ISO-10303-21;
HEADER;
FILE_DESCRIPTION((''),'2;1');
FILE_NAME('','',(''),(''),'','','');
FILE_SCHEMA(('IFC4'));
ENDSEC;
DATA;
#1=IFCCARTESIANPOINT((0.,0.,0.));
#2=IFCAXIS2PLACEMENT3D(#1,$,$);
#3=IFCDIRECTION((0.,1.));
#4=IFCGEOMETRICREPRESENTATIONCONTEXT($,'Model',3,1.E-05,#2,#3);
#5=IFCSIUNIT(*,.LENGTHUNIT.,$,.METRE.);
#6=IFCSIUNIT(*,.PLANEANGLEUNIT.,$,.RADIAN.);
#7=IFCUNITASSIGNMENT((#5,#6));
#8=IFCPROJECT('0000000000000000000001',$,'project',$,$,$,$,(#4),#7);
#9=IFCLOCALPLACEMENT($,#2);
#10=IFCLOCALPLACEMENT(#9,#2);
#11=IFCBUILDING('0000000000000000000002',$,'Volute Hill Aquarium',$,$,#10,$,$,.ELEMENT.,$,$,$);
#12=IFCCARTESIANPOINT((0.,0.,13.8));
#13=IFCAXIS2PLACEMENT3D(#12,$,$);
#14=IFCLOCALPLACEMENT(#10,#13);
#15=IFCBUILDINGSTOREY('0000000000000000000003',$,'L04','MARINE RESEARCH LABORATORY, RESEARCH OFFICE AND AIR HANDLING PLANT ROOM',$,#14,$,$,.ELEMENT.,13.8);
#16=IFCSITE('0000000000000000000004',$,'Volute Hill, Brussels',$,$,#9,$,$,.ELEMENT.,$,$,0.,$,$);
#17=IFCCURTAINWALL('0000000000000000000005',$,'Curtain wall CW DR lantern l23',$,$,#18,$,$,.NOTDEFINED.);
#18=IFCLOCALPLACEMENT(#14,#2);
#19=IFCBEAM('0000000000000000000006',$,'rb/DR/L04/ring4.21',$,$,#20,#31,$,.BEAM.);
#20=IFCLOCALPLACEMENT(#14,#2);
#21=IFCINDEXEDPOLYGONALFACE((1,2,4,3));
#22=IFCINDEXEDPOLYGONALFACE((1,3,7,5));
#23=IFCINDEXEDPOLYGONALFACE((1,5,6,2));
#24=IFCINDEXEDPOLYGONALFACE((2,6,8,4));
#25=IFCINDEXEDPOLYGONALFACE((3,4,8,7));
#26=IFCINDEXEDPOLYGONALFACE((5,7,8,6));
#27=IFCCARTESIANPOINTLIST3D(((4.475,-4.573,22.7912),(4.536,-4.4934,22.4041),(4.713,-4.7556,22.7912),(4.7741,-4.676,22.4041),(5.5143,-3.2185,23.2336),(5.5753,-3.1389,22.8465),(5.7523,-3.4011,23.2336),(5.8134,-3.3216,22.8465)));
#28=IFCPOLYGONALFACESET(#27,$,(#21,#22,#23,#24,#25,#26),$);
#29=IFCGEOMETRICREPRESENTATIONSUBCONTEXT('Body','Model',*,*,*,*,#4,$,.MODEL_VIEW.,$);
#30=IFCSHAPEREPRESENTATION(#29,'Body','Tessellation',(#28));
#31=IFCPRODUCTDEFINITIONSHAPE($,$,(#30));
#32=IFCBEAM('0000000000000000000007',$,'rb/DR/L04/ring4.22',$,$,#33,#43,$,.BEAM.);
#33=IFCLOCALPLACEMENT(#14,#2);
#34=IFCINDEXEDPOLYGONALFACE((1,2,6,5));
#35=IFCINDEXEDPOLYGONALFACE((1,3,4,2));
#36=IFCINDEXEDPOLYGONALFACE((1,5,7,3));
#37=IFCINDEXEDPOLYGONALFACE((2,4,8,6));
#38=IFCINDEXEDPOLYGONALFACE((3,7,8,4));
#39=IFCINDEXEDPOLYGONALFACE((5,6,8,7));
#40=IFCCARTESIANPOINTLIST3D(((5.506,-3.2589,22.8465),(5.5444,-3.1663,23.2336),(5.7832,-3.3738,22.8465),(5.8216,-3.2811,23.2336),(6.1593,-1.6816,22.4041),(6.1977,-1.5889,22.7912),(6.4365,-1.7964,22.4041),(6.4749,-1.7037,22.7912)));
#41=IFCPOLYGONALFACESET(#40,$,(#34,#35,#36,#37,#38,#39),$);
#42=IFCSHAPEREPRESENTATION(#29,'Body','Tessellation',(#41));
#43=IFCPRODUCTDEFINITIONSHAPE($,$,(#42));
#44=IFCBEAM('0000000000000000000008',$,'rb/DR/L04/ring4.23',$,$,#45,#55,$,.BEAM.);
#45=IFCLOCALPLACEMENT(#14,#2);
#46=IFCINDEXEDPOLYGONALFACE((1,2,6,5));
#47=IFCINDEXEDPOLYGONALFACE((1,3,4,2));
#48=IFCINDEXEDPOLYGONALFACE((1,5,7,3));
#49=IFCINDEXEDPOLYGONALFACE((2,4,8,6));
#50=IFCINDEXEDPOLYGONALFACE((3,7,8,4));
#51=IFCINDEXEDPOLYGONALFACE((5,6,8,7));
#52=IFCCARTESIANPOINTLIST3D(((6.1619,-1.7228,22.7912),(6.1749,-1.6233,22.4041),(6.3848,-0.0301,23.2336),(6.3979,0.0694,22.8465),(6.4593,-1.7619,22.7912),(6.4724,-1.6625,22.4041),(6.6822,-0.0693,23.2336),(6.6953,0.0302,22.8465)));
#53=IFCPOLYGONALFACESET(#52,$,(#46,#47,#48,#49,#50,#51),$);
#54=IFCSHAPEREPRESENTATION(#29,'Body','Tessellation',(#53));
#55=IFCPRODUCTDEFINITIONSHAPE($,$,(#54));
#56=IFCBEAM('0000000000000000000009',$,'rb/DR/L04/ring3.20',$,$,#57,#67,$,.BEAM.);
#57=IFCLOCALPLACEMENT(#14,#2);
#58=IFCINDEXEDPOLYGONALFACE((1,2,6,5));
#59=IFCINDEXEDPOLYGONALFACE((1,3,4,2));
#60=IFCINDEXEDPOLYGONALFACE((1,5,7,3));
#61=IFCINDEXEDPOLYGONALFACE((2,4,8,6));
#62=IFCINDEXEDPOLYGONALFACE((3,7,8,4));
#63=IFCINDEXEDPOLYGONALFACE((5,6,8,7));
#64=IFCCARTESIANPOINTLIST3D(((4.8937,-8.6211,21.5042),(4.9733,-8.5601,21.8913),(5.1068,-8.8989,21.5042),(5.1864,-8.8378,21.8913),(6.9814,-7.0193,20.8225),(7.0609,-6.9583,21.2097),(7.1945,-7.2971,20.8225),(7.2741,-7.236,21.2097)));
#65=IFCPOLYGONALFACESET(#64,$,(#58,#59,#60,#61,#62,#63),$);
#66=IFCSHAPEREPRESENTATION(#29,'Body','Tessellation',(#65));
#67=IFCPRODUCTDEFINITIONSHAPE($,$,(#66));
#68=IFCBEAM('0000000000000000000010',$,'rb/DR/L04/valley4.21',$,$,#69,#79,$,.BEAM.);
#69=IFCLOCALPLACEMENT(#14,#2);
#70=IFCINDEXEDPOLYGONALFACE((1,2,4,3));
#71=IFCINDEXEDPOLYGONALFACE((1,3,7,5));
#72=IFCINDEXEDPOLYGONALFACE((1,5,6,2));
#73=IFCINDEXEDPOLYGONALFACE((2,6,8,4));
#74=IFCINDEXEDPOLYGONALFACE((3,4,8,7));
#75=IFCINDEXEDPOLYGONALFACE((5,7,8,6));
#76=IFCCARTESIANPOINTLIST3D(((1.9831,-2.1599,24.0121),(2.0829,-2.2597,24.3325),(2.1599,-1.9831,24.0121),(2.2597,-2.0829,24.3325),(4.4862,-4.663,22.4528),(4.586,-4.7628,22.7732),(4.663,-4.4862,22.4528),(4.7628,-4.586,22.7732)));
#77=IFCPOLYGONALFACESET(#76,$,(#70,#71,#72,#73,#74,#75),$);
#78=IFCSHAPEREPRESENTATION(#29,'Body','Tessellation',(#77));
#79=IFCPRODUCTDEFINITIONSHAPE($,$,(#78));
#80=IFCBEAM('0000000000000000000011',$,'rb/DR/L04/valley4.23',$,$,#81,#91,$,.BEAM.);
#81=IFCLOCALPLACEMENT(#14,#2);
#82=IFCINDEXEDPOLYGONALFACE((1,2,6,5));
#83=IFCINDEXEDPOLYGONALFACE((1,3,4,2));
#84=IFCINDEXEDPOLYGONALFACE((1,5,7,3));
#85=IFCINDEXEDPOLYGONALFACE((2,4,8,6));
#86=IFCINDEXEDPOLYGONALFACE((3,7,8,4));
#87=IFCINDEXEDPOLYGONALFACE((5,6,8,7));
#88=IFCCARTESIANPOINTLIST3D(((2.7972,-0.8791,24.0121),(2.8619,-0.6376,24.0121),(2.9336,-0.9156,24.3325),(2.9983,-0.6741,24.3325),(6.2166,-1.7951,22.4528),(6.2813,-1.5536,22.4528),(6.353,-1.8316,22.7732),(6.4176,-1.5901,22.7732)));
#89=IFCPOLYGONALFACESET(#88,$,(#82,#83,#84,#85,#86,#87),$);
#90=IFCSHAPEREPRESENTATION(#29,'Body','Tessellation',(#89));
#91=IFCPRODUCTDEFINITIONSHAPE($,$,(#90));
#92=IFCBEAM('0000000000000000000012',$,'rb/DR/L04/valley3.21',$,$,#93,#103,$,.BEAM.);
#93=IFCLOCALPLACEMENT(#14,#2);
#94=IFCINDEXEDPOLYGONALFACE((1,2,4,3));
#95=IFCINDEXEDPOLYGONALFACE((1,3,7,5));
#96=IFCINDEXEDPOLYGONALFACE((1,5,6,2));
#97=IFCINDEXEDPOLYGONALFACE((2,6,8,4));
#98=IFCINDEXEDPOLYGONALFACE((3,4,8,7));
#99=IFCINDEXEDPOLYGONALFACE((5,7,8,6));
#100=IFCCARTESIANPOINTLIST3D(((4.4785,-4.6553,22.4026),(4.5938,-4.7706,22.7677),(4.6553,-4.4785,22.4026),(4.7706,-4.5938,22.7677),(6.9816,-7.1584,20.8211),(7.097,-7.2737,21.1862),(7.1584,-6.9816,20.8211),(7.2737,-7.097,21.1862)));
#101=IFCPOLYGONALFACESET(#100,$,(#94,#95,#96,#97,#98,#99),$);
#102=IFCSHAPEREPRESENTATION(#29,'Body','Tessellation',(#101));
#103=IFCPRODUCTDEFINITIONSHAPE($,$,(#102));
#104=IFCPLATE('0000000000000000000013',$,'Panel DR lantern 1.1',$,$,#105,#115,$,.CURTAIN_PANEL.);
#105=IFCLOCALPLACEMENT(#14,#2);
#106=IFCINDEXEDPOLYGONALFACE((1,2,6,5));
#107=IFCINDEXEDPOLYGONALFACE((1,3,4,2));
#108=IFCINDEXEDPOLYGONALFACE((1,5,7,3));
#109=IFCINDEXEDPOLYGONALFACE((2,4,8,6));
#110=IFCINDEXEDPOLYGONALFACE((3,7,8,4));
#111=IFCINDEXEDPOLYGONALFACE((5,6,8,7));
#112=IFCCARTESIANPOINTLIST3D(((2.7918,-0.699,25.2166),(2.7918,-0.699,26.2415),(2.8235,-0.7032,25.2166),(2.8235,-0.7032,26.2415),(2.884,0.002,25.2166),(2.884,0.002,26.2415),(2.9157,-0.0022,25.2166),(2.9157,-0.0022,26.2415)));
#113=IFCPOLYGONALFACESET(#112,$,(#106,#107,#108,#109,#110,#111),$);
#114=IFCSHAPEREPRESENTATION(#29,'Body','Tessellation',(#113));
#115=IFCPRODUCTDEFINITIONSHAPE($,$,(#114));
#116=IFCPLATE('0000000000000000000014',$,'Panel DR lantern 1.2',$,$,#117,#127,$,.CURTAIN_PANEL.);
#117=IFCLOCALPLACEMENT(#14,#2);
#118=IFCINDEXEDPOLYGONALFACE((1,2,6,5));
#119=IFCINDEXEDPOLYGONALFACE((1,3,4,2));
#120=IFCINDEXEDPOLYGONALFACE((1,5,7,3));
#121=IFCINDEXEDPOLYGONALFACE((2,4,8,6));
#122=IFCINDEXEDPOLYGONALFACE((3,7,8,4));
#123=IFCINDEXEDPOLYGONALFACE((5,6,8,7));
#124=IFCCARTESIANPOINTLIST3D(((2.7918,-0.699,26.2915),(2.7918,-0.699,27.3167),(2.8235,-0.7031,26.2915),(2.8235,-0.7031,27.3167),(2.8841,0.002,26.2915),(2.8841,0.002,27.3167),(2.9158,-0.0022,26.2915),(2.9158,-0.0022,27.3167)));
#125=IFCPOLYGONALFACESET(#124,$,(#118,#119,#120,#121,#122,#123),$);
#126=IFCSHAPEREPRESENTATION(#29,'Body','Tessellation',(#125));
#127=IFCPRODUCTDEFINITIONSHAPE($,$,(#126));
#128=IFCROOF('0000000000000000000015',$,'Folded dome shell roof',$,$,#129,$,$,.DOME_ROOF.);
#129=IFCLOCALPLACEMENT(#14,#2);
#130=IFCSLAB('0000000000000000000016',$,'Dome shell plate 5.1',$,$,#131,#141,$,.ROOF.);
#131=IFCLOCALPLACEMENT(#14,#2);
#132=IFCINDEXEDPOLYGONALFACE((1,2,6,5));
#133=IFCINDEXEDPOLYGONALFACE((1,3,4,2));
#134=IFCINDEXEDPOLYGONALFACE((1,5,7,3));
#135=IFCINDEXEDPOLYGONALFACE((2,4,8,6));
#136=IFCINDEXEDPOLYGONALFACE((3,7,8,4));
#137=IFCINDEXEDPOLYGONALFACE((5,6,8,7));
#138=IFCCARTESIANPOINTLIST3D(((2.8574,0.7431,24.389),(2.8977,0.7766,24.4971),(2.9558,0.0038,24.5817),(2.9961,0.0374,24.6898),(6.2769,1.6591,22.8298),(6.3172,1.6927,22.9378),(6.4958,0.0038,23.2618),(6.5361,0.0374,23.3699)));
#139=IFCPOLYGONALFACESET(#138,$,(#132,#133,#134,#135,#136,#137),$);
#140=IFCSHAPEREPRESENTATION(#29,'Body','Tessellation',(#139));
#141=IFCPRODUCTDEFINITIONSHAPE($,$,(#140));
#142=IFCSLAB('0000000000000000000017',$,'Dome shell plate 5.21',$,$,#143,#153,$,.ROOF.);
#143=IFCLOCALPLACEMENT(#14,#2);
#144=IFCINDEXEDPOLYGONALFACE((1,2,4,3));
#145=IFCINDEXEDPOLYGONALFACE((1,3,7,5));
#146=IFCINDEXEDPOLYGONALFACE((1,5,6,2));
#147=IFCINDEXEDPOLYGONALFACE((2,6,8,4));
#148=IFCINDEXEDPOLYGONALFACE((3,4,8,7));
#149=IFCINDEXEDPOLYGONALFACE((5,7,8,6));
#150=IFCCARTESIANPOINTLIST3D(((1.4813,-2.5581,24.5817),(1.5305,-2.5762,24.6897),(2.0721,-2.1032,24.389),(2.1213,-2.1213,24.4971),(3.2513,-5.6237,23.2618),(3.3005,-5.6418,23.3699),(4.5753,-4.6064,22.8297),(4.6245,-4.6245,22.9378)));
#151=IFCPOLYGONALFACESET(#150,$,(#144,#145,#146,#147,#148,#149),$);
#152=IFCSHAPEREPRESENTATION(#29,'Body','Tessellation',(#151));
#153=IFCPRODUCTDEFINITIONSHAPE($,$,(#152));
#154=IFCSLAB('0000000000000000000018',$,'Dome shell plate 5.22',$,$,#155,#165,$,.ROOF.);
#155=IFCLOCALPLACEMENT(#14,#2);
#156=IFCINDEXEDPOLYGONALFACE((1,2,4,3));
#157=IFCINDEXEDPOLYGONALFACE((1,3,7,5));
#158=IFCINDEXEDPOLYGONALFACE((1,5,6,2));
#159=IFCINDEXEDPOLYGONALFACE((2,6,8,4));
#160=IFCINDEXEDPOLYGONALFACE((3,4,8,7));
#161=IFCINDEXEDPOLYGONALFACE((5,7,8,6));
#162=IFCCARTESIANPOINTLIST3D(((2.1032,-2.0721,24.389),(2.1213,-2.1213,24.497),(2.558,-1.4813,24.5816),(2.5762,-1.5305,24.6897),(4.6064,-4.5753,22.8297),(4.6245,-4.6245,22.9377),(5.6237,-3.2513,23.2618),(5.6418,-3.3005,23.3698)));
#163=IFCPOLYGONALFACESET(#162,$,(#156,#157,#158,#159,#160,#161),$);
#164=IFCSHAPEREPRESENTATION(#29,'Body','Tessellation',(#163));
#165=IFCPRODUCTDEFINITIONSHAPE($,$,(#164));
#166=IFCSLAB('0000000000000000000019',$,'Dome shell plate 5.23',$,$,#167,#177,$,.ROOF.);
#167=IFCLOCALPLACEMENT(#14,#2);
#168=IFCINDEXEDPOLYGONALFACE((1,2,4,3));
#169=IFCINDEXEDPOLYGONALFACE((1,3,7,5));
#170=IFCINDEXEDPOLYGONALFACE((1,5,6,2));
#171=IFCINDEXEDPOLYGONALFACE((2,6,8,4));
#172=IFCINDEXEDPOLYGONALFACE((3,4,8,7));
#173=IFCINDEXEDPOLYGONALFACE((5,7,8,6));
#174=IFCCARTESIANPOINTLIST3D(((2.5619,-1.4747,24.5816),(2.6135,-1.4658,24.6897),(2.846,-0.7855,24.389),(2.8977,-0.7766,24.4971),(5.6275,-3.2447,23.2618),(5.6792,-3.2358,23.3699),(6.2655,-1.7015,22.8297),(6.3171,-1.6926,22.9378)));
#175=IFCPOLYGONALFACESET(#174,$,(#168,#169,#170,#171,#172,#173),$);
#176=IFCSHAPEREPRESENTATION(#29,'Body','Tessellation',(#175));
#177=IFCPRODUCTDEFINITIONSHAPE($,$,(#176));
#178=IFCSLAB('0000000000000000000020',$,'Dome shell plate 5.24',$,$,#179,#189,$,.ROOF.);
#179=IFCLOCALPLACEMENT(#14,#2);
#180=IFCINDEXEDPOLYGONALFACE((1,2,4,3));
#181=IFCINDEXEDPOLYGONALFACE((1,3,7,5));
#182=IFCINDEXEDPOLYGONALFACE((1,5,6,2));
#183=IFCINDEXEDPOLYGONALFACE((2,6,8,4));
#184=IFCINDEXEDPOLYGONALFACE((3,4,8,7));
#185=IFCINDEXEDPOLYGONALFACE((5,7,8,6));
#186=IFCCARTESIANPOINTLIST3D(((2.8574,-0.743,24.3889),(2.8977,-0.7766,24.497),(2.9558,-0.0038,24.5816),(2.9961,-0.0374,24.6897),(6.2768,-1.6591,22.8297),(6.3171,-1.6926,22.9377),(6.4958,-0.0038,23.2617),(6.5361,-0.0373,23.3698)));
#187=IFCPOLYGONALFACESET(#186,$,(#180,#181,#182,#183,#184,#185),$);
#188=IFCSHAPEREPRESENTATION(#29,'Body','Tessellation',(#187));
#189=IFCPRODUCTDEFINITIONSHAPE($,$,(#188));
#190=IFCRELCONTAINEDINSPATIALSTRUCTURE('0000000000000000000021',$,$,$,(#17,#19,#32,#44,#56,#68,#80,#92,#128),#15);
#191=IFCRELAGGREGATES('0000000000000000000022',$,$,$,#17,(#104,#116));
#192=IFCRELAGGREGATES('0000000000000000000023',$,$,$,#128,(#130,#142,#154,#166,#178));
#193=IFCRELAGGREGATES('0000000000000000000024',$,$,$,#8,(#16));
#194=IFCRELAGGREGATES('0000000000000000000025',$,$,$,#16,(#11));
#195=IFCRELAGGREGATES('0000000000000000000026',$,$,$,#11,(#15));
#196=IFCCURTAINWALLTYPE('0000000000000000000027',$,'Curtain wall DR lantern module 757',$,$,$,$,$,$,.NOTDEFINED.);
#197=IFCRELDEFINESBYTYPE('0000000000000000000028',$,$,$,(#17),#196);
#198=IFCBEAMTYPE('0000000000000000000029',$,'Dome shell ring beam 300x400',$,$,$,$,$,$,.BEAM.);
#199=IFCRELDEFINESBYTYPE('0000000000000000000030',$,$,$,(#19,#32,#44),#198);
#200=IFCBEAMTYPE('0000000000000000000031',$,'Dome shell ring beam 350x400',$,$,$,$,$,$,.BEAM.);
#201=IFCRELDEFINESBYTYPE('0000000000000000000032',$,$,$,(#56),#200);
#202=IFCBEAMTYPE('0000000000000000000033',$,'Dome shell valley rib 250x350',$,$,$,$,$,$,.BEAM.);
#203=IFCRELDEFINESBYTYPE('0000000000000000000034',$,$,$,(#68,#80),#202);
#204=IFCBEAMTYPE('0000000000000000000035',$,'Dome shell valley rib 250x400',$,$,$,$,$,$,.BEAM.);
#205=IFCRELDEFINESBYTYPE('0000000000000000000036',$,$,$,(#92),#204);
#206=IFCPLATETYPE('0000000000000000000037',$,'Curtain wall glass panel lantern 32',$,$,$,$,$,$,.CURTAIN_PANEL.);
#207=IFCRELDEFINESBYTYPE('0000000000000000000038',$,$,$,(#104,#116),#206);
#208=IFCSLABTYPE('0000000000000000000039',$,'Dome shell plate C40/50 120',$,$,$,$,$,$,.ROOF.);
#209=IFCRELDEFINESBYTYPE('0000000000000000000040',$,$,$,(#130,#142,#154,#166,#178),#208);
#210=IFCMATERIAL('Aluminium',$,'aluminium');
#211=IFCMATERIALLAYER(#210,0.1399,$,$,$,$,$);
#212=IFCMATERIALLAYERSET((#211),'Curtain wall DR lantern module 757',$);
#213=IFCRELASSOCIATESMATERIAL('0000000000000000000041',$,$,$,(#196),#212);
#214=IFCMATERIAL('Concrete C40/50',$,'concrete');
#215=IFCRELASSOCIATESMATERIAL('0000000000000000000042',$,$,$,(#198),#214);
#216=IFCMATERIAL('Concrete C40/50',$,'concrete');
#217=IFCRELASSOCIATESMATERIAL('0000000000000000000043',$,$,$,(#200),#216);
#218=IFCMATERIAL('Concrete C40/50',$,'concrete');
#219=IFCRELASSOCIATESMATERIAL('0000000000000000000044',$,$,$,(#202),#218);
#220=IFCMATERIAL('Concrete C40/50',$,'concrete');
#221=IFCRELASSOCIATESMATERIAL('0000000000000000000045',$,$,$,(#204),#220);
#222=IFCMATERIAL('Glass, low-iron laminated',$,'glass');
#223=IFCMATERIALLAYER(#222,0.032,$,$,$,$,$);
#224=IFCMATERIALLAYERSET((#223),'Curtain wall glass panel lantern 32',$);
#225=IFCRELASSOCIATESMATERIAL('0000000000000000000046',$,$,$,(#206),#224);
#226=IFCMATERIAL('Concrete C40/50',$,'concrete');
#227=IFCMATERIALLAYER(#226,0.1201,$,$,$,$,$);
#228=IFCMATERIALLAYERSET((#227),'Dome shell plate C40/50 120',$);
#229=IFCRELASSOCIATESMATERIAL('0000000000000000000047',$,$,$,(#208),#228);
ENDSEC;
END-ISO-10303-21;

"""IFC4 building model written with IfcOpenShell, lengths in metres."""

from ifc_helpers import new_model, si_unit, direction, frame, origin, origin_2d, place, context, subcontext, project, spatial, polyline, rectangle, outline, extrude, material, layer, layer_set, material_profile, profile_set, type_object, element, aggregate, save


model = new_model("IFC4")

# Units and contexts
model_context = context("Model", 3, precision=1e-05, world=origin(), true_north=direction((0.0, 1.0)))
body_context = subcontext(model_context, "Body", "Model", "MODEL_VIEW")
ifc_project = project(units=[si_unit("LENGTHUNIT", "METRE"), si_unit("PLANEANGLEUNIT", "RADIAN")], contexts=[model_context])

# Site, building, storey
site_placement = place(None, origin())
site = spatial("IfcSite", under=ifc_project, at=site_placement, Name="Volute Hill, Brussels", CompositionType="ELEMENT", RefElevation=0.0)
building_placement = place(site_placement, origin())
building = spatial("IfcBuilding", under=site, at=building_placement, Name="Volute Hill Aquarium", CompositionType="ELEMENT")
storey_placement = place(building_placement, frame((0.0, 0.0, 13.8)))
storey = spatial("IfcBuildingStorey", under=building, at=storey_placement, Name="L04", Description="MARINE RESEARCH LABORATORY, RESEARCH OFFICE AND AIR HANDLING PLANT ROOM", CompositionType="ELEMENT", Elevation=13.8)

# Shared definitions
ifc_material_1 = material(Name="Aluminium", Category="aluminium")
ifc_layer_1 = layer(ifc_material_1, 0.1399)
ifc_layer_set_1 = layer_set([ifc_layer_1], Name="Curtain wall DR lantern module 757")
curtain_wall_type = type_object("IfcCurtainWallType", Name="Curtain wall DR lantern module 757", PredefinedType="NOTDEFINED", material=ifc_layer_set_1)

# Curtain wall
curtain_wall_1_placement = place(storey_placement, origin())
curtain_wall_1 = element("IfcCurtainWall", 1, at=curtain_wall_1_placement, inside=storey, type_object=curtain_wall_type, Name="Curtain wall CW DR lantern l23", PredefinedType="NOTDEFINED")

# Beams
ifc_material_2 = material(Name="Concrete C40/50", Category="concrete")
ifc_material_profile_1 = material_profile(ifc_material_2, rectangle(XDim=0.3, YDim=0.3999, at=origin_2d()), Name="RC beam 300x400")
ifc_profile_set_1 = profile_set([ifc_material_profile_1], Name="Concrete C40/50")
beam_type_1 = type_object("IfcBeamType", Name="Dome shell ring beam 300x400", PredefinedType="BEAM", material=ifc_profile_set_1)
for number, where, z_axis, x_axis, name in (
    (2, (4.6245, -4.6245, 22.5977), (0.589288, 0.767999, 0.250832), (-0.793362, 0.60875, 0.0), "rb/DR/L04/ring4.21"),
    (3, (5.6638, -3.27, 23.04), (0.370422, 0.894357, -0.250824), (-0.923891, 0.382655, 0.0), "rb/DR/L04/ring4.22"),
    (4, (6.3171, -1.6926, 22.5977), (0.126388, 0.959743, 0.250837), (-0.99144, 0.130562, 0.0), "rb/DR/L04/ring4.23"),
):
    element("IfcBeam", number, at=place(storey_placement, frame(where, z_axis=z_axis, x_axis=x_axis)), inside=storey, type_object=beam_type_1, Name=name, PredefinedType="BEAM", context=body_context, shape_type="SweptSolid", body=[
        extrude(rectangle(XDim=0.3, YDim=0.3999, at=origin_2d()), origin(), (0.0, 0.0, 1.0), 1.7637),
    ])
ifc_material_3 = material(Name="Concrete C40/50", Category="concrete")
ifc_material_profile_2 = material_profile(ifc_material_3, rectangle(XDim=0.3501, YDim=0.3999, at=origin_2d()), Name="RC beam 350x400")
ifc_profile_set_2 = profile_set([ifc_material_profile_2], Name="Concrete C40/50")
beam_type_2 = type_object("IfcBeamType", Name="Dome shell ring beam 350x400", PredefinedType="BEAM", material=ifc_profile_set_2)
beam_1_placement = place(storey_placement, frame((5.04, -8.7295, 21.6978), z_axis=(0.768021, 0.589286, -0.250768), x_axis=(-0.608737, 0.793372, 0.0)))
element("IfcBeam", 5, at=beam_1_placement, inside=storey, type_object=beam_type_2, Name="rb/DR/L04/ring3.20", PredefinedType="BEAM", context=body_context, shape_type="SweptSolid", body=[
    extrude(rectangle(XDim=0.3501, YDim=0.3999, at=origin_2d()), origin(), (0.0, 0.0, 1.0), 2.7183),
])
ifc_material_4 = material(Name="Concrete C40/50", Category="concrete")
ifc_material_profile_3 = material_profile(ifc_material_4, rectangle(XDim=0.25, YDim=0.3501, at=origin_2d()), Name="RC rib 250x350")
ifc_profile_set_3 = profile_set([ifc_material_profile_3], Name="Concrete C40/50")
beam_type_3 = type_object("IfcBeamType", Name="Dome shell valley rib 250x350", PredefinedType="BEAM", material=ifc_profile_set_3)
for number, where, z_axis, x_axis, name in (
    (6, (4.6245, -4.6245, 22.613), (-0.64711, 0.64711, 0.40311), (-0.707107, -0.707107, 0.0), "rb/DR/L04/valley4.21"),
    (7, (6.3171, -1.6926, 22.613), (-0.883982, 0.236806, 0.403112), (-0.258761, -0.965941, 0.0), "rb/DR/L04/valley4.23"),
):
    element("IfcBeam", number, at=place(storey_placement, frame(where, z_axis=z_axis, x_axis=x_axis)), inside=storey, type_object=beam_type_3, Name=name, PredefinedType="BEAM", context=body_context, shape_type="SweptSolid", body=[
        extrude(rectangle(XDim=0.25, YDim=0.3501, at=origin_2d()), origin(), (0.0, 0.0, 1.0), 3.8682),
    ])
ifc_material_5 = material(Name="Concrete C40/50", Category="concrete")
ifc_material_profile_4 = material_profile(ifc_material_5, rectangle(XDim=0.25, YDim=0.3999, at=origin_2d()), Name="RC rib 250x400")
ifc_profile_set_4 = profile_set([ifc_material_profile_4], Name="Concrete C40/50")
beam_type_4 = type_object("IfcBeamType", Name="Dome shell valley rib 250x400", PredefinedType="BEAM", material=ifc_profile_set_4)
beam_2_placement = place(storey_placement, frame((7.1277, -7.1277, 21.0037), z_axis=(-0.645606, 0.645606, 0.407904), x_axis=(-0.707107, -0.707107, 0.0)))
element("IfcBeam", 8, at=beam_2_placement, inside=storey, type_object=beam_type_4, Name="rb/DR/L04/valley3.21", PredefinedType="BEAM", context=body_context, shape_type="SweptSolid", body=[
    extrude(rectangle(XDim=0.25, YDim=0.3999, at=origin_2d()), origin(), (0.0, 0.0, 1.0), 3.8772),
])

# Plates
ifc_material_6 = material(Name="Glass, low-iron laminated", Category="glass")
ifc_layer_2 = layer(ifc_material_6, 0.032)
ifc_layer_set_2 = layer_set([ifc_layer_2], Name="Curtain wall glass panel lantern 32")
plate_type = type_object("IfcPlateType", Name="Curtain wall glass panel lantern 32", PredefinedType="CURTAIN_PANEL", material=ifc_layer_set_2)
plate_1_placement = place(storey_placement, frame((2.8538, -0.3506, 25.2166), z_axis=(0.0, 0.0, 1.0), x_axis=(0.130502, 0.991448, 0.0)))
plate_1 = element("IfcPlate", 9, at=plate_1_placement, type_object=plate_type, Name="Panel DR lantern 1.1", PredefinedType="CURTAIN_PANEL", context=body_context, shape_type="SweptSolid", body=[
    extrude(rectangle(XDim=0.707, YDim=0.032, at=origin_2d()), origin(), (0.0, 0.0, 1.0), 1.0249),
])
plate_2_placement = place(storey_placement, frame((2.8235, -0.7031, 26.2915), z_axis=(0.991444, -0.130535, 0.0), x_axis=(0.130535, 0.991444, 0.0)))
plate_2 = element("IfcPlate", 10, at=plate_2_placement, type_object=plate_type, Name="Panel DR lantern 1.2", PredefinedType="CURTAIN_PANEL", context=body_context, shape_type="SweptSolid", body=[
    extrude(outline(polyline([(0.0, 0.0), (0.707, 0.0), (0.707, 1.0251), (0.0, 1.0251), (0.0, 0.0)])), origin(), (0.0, 0.0, -1.0), 0.032),
])
aggregate(curtain_wall_1, [plate_1, plate_2])

# Roof, slabs
roof_placement = place(storey_placement, origin())
roof = element("IfcRoof", 11, at=roof_placement, inside=storey, Name="Folded dome shell roof", PredefinedType="DOME_ROOF")
ifc_material_7 = material(Name="Concrete C40/50", Category="concrete")
ifc_layer_3 = layer(ifc_material_7, 0.1201)
ifc_layer_set_3 = layer_set([ifc_layer_3], Name="Dome shell plate C40/50 120")
slab_type_1 = type_object("IfcSlabType", Name="Dome shell plate C40/50 120", PredefinedType="ROOF", material=ifc_layer_set_3)
slab_1_placement = place(storey_placement, frame((6.5361, 0.0374, 23.3699), z_axis=(0.335468, 0.279211, 0.899724), x_axis=(-0.126957, 0.959755, -0.250504)))
slab_1 = element("IfcSlab", 12, at=slab_1_placement, type_object=slab_type_1, Name="Dome shell plate 5.1", PredefinedType="ROOF", context=body_context, shape_type="SweptSolid", body=[
    extrude(outline(polyline([(0.0, 0.0), (1.7247, 0.0), (0.8891, 3.7769), (0.1188, 3.7762), (0.0, 0.0)])), origin(), (0.0, 0.0, -1.0), 0.1201),
])
slab_2_placement = place(storey_placement, frame((3.3005, -5.6418, 23.3699), z_axis=(0.409565, -0.150887, 0.899716), x_axis=(0.767662, 0.589856, -0.25053)))
slab_2 = element("IfcSlab", 13, at=slab_2_placement, type_object=slab_type_1, Name="Dome shell plate 5.21", PredefinedType="ROOF", context=body_context, shape_type="SweptSolid", body=[
    extrude(outline(polyline([(0.0, 0.0), (1.7247, 0.0), (0.889, 3.7769), (0.1189, 3.7761), (0.0, 0.0)])), origin(), (0.0, 0.0, -1.0), 0.1201),
])
slab_3_placement = place(storey_placement, frame((4.6245, -4.6245, 22.9377), z_axis=(0.150887, -0.409565, 0.899716), x_axis=(0.589856, 0.767662, 0.25053)))
slab_3 = element("IfcSlab", 14, at=slab_3_placement, type_object=slab_type_1, Name="Dome shell plate 5.22", PredefinedType="ROOF", context=body_context, shape_type="SweptSolid", body=[
    extrude(outline(polyline([(0.0, 0.0), (1.7247, 0.0), (1.6058, 3.7761), (0.8357, 3.7769), (0.0, 0.0)])), origin(), (0.0, 0.0, -1.0), 0.1201),
])
slab_4_placement = place(storey_placement, frame((5.6792, -3.2358, 23.3699), z_axis=(0.430139, 0.074118, 0.899715), x_axis=(0.369848, 0.894679, -0.250522)))
slab_4 = element("IfcSlab", 15, at=slab_4_placement, type_object=slab_type_1, Name="Dome shell plate 5.23", PredefinedType="ROOF", context=body_context, shape_type="SweptSolid", body=[
    extrude(outline(polyline([(0.0, 0.0), (1.7249, 0.0), (0.8891, 3.7768), (0.1191, 3.7761), (0.0, 0.0)])), origin(), (0.0, 0.0, -1.0), 0.1201),
])
slab_5_placement = place(storey_placement, frame((6.3171, -1.6926, 22.9377), z_axis=(0.335468, -0.279211, 0.899724), x_axis=(0.126957, 0.959755, 0.250504)))
slab_5 = element("IfcSlab", 16, at=slab_5_placement, type_object=slab_type_1, Name="Dome shell plate 5.24", PredefinedType="ROOF", context=body_context, shape_type="SweptSolid", body=[
    extrude(outline(polyline([(0.0, 0.0), (1.7247, 0.0), (1.6059, 3.7762), (0.8356, 3.7769), (0.0, 0.0)])), origin(), (0.0, 0.0, -1.0), 0.1201),
])
aggregate(roof, [slab_1, slab_2, slab_3, slab_4, slab_5])

save(model, "model.ifc")
